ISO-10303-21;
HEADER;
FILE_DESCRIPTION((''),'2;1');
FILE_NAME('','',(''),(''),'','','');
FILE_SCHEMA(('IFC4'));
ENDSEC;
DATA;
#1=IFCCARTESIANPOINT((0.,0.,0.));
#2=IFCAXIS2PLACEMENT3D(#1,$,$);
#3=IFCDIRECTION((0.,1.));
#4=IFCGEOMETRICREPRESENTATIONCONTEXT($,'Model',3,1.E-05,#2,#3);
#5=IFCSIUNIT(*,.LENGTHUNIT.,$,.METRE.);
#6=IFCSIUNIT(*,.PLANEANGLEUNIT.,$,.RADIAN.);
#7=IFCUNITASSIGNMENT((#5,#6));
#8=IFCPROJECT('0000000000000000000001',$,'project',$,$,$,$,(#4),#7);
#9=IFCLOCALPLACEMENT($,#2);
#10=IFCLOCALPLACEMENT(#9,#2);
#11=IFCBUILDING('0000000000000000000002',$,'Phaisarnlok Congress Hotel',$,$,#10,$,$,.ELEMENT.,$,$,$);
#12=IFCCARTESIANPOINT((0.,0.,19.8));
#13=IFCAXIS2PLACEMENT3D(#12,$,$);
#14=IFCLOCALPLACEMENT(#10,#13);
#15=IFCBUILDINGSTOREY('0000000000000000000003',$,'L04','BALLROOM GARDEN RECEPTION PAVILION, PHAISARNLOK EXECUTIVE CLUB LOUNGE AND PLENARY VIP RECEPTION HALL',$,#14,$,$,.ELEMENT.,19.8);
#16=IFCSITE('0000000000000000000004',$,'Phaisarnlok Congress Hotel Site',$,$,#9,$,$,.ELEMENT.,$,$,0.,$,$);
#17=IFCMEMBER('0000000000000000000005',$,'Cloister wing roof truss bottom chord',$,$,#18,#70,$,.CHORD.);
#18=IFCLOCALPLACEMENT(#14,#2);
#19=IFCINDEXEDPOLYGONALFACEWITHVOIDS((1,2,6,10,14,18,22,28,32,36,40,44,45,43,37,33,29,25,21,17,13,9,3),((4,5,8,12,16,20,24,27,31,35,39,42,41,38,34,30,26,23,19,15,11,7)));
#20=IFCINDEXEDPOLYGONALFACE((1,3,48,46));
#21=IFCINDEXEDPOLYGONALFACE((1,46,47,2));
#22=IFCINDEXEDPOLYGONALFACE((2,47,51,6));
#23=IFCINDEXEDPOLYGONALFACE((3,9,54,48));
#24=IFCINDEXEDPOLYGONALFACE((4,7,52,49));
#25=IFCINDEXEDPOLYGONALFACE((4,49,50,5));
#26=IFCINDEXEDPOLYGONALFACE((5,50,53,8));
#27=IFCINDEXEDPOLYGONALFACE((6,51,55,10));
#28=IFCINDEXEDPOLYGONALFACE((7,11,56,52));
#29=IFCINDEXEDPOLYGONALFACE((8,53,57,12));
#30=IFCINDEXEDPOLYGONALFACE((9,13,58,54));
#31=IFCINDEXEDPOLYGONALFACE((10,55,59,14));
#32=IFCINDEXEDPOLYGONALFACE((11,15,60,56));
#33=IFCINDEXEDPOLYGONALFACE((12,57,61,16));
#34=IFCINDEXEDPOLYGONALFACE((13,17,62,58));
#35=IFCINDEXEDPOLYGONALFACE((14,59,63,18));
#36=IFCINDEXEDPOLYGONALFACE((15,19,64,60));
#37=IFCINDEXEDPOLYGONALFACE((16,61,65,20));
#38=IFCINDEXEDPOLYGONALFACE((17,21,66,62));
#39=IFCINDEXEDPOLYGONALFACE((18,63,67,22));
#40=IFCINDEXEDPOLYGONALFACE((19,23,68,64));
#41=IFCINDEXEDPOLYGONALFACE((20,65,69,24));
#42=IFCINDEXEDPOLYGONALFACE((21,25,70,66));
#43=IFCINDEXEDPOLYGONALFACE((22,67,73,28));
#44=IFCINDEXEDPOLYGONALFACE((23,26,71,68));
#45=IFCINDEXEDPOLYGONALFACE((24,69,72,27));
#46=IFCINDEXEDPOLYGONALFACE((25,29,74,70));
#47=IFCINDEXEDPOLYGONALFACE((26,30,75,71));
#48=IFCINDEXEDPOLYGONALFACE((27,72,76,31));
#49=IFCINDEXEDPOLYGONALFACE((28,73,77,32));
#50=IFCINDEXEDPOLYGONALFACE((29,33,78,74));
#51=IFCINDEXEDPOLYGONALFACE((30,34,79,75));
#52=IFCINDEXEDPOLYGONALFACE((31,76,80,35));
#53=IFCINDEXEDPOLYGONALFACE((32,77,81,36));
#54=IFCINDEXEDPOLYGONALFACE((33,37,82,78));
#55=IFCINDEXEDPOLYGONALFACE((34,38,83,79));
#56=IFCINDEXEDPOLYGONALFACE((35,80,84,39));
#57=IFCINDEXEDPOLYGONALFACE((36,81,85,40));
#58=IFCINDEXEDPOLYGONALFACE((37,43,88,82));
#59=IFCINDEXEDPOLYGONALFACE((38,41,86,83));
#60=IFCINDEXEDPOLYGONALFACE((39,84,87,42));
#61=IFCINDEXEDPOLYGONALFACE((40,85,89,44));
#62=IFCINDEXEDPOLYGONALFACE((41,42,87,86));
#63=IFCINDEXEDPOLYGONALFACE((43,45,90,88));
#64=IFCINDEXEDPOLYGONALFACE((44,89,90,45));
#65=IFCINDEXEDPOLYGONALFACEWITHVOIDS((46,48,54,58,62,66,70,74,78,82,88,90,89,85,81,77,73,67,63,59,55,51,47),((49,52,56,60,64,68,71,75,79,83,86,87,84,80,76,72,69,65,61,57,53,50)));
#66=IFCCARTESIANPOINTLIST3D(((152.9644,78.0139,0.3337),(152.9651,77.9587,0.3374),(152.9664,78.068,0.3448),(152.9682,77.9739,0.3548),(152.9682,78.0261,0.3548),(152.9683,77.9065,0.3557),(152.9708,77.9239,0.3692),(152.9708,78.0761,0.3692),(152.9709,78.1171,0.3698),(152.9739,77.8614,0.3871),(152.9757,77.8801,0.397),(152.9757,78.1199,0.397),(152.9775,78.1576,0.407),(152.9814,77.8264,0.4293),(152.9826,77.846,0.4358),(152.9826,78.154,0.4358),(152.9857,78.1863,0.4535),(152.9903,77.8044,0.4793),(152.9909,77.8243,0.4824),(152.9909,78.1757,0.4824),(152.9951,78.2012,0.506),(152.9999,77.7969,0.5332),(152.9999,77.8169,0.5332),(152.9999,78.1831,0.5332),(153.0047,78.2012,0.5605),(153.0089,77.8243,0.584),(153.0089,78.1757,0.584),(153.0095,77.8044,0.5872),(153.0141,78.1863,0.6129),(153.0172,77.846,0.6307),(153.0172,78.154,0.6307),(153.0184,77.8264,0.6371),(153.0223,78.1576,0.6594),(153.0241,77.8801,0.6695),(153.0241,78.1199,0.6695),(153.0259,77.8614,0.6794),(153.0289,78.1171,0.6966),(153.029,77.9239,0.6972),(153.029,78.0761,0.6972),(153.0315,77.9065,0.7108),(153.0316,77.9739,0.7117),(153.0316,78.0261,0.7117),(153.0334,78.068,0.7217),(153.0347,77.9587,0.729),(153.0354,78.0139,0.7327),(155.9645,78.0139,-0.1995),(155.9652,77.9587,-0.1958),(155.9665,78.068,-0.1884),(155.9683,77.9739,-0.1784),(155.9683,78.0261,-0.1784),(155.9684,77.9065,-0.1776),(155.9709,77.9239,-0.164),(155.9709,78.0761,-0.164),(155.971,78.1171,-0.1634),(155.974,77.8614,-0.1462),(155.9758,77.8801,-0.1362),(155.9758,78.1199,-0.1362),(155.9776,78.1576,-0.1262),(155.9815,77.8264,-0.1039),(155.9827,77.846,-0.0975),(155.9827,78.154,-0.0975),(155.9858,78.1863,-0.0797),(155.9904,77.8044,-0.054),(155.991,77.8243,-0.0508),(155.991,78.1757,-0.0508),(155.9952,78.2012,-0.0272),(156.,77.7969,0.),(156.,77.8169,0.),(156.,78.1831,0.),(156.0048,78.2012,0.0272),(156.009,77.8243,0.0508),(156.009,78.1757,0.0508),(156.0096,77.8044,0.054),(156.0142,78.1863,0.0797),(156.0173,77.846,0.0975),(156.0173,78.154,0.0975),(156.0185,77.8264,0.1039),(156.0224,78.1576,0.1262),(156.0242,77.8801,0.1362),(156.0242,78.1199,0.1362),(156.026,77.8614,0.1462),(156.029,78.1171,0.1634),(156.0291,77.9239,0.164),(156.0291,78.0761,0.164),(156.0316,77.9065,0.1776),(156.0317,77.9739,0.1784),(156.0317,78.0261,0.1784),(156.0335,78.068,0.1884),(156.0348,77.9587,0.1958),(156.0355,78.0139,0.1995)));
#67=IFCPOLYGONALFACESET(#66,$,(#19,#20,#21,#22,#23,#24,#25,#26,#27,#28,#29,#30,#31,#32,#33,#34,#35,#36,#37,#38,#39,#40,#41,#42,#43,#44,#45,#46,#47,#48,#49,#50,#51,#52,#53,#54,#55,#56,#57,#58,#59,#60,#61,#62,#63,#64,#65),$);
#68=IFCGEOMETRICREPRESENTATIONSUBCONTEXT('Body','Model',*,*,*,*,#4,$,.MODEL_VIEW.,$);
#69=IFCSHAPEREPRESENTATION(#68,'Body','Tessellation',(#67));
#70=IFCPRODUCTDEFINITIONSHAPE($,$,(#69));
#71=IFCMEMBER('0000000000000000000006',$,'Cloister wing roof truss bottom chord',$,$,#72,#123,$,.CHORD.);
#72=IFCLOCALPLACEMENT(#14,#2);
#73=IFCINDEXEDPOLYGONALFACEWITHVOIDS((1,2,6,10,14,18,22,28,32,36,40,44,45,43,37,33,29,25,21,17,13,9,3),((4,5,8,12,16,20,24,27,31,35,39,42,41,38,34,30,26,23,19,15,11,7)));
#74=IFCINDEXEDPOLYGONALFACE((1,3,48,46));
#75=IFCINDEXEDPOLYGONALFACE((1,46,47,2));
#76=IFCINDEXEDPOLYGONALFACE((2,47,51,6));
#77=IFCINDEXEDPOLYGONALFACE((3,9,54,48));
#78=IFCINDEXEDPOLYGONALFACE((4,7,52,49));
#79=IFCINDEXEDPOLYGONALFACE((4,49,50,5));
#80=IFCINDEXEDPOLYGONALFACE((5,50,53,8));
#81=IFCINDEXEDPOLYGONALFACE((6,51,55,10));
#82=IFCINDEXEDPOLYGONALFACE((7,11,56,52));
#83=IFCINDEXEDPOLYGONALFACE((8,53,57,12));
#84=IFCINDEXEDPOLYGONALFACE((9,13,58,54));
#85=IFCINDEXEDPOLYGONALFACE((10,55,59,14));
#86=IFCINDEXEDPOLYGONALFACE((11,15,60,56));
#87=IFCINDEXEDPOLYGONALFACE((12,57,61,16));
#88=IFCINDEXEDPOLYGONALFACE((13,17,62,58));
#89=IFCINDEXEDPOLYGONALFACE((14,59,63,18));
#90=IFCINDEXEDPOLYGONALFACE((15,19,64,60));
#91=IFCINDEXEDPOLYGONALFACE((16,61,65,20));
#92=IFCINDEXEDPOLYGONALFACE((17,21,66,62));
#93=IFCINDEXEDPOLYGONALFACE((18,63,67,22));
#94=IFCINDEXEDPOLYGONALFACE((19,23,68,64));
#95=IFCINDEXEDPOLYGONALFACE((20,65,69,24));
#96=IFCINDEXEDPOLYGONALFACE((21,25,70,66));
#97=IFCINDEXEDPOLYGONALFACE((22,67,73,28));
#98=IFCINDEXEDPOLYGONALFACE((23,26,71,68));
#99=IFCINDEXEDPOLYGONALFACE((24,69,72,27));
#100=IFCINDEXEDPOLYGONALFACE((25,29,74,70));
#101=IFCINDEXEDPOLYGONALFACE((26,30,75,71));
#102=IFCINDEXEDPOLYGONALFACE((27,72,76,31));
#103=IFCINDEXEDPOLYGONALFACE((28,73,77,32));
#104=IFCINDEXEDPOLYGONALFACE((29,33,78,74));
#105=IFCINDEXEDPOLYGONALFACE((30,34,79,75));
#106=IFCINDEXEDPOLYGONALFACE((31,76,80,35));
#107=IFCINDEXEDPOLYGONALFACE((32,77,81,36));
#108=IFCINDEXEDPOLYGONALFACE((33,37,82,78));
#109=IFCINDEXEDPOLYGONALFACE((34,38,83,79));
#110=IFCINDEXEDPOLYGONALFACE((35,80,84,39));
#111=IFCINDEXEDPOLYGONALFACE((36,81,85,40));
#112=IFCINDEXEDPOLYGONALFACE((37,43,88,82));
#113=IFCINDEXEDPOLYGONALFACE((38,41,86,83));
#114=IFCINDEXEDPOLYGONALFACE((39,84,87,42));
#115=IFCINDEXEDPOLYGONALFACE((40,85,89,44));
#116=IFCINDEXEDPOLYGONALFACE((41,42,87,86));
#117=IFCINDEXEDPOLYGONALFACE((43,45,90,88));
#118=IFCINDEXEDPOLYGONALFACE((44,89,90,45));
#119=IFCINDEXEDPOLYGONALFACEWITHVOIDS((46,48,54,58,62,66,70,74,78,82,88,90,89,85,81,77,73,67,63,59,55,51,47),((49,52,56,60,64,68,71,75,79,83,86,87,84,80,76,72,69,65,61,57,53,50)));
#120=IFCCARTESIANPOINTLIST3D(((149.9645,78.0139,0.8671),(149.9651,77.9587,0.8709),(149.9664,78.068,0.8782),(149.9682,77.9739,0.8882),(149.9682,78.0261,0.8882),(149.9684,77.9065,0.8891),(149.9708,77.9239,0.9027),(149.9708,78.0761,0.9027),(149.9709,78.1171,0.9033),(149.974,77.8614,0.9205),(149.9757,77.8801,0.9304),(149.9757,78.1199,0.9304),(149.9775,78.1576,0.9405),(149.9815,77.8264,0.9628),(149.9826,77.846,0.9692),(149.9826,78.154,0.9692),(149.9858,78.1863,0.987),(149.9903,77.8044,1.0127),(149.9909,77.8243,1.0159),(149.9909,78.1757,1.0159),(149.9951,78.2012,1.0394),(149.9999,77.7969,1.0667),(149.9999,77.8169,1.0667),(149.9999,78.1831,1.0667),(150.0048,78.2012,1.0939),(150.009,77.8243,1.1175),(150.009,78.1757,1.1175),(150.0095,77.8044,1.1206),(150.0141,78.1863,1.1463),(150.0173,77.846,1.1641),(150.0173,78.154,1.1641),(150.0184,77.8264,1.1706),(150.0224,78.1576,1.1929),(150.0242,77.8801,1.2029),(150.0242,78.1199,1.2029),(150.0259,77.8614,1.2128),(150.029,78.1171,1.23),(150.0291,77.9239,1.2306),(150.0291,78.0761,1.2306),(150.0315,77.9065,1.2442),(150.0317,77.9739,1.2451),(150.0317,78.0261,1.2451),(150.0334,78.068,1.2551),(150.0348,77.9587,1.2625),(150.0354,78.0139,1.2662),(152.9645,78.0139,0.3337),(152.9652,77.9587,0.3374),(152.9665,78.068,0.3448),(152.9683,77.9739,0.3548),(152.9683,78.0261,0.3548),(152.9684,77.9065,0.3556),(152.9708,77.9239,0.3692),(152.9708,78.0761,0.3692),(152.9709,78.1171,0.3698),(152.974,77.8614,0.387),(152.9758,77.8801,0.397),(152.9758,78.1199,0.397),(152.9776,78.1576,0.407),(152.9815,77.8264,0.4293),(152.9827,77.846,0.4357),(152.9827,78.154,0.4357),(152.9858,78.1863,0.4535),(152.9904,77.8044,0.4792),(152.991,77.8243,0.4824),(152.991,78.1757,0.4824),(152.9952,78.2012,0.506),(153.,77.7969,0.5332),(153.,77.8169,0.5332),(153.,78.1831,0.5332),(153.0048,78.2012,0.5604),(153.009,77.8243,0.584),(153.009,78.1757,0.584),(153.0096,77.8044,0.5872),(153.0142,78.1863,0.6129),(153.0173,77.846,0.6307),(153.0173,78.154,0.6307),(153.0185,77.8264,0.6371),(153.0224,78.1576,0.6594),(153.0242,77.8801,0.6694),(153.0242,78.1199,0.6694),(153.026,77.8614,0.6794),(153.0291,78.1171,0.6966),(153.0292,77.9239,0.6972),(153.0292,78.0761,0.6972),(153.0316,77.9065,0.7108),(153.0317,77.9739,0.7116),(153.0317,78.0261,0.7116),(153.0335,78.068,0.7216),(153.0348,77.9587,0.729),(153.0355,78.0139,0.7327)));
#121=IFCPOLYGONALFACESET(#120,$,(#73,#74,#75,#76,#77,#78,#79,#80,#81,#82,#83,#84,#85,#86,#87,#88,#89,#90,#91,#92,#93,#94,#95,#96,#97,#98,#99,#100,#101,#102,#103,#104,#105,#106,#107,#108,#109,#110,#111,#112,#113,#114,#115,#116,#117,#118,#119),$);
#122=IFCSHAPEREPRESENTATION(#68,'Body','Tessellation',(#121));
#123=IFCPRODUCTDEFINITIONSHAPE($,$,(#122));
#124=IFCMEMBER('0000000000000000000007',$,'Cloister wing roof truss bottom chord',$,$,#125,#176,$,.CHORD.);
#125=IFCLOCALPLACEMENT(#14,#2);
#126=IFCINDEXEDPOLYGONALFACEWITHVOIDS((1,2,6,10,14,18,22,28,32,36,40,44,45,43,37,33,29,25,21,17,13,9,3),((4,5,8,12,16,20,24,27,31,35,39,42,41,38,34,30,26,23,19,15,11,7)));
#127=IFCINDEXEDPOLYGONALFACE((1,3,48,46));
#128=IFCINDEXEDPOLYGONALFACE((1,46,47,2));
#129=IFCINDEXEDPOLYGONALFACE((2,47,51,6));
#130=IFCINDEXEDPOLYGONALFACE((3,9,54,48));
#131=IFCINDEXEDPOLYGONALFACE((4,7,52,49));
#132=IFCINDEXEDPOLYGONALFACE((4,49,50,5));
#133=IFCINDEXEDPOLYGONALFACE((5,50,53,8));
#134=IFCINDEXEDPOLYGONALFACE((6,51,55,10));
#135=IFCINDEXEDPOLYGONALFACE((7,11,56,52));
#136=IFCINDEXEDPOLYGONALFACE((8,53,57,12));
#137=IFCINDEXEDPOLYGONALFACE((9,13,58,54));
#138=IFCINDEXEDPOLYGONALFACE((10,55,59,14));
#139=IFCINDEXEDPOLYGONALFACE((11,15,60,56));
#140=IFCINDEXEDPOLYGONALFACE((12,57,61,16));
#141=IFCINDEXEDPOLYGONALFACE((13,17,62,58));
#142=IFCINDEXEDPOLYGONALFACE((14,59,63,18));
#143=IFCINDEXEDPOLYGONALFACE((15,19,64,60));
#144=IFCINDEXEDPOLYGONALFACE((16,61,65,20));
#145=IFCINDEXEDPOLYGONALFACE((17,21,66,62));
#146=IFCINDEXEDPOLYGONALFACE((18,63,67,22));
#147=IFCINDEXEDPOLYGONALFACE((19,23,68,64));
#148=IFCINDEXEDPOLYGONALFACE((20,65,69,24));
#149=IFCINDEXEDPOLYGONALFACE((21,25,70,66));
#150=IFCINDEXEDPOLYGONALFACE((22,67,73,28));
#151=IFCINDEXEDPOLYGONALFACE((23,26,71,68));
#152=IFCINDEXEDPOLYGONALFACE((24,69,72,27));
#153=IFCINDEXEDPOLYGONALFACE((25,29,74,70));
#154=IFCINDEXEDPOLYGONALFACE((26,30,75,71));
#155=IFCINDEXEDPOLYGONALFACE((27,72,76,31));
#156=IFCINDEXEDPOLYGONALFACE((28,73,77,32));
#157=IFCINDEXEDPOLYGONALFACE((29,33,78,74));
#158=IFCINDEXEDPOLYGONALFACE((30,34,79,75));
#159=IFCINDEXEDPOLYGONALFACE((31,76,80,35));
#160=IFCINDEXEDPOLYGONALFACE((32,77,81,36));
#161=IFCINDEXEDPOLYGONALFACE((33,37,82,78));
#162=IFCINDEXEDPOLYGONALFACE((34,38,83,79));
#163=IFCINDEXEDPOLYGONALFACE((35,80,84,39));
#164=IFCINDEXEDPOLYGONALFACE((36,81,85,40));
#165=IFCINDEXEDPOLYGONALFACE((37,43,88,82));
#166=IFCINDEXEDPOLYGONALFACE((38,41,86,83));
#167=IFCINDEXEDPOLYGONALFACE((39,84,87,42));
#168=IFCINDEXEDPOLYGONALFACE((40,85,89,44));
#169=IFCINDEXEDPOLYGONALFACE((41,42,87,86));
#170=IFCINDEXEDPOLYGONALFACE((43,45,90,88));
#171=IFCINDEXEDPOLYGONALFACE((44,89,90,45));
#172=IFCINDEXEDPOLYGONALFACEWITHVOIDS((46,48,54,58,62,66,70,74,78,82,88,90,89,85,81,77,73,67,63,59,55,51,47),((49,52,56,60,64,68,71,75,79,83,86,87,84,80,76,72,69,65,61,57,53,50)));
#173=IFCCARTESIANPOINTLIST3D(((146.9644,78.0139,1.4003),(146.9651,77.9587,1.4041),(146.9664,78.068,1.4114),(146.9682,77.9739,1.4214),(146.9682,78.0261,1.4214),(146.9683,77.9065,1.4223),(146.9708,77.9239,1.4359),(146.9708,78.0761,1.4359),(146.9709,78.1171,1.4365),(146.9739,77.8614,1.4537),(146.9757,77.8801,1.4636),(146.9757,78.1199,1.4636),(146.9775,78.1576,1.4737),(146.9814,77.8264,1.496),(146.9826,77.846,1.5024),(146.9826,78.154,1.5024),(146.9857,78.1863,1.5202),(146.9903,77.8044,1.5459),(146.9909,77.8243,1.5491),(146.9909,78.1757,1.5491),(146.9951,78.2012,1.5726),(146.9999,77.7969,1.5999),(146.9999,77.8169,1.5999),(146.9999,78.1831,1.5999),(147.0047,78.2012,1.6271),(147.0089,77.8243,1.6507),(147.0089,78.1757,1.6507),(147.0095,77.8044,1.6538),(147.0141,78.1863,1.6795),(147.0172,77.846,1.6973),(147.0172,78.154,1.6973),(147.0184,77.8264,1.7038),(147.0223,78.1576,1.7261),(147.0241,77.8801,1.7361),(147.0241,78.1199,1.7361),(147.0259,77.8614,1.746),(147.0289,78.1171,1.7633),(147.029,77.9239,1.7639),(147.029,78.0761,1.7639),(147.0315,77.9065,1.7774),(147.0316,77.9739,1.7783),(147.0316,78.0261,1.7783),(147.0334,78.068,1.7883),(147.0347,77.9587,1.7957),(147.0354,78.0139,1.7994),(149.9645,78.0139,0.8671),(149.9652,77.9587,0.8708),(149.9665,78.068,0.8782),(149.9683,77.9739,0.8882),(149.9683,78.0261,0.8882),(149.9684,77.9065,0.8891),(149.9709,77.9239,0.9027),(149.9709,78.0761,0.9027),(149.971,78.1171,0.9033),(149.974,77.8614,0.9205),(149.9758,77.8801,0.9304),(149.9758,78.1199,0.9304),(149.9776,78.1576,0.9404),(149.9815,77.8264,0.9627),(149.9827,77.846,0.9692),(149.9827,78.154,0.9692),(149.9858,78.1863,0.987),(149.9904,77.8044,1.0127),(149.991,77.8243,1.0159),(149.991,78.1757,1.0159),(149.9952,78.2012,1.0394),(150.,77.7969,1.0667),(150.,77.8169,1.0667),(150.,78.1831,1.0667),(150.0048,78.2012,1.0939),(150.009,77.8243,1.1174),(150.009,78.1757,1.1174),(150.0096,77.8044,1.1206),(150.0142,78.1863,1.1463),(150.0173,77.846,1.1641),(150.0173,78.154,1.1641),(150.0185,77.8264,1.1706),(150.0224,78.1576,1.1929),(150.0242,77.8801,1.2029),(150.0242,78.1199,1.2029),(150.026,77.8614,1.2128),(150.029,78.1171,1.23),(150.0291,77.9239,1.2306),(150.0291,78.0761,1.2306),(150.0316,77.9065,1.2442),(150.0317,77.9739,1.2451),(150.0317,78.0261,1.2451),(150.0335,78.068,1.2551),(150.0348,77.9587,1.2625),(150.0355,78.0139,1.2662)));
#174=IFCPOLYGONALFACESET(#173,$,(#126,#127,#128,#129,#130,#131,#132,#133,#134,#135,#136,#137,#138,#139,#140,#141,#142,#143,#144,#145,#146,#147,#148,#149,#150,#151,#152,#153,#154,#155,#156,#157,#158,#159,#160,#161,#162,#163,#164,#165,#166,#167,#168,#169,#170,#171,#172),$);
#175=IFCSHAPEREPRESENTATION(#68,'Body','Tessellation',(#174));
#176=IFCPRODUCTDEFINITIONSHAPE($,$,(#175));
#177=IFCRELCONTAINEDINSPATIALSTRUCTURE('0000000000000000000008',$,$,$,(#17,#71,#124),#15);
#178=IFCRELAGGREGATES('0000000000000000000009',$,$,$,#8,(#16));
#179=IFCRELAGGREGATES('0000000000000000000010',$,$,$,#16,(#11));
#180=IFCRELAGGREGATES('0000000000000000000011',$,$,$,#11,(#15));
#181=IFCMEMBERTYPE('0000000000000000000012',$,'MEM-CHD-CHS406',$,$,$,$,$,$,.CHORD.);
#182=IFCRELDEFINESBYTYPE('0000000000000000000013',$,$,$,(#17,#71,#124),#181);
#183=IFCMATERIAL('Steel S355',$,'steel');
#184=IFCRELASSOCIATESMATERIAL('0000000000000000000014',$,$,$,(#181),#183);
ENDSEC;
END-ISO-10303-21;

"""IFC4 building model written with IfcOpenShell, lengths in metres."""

from ifc_helpers import new_model, si_unit, direction, frame, origin, origin_2d, place, context, subcontext, project, spatial, hollow_circle, extrude, material, material_profile, profile_set, type_object, element, save


model = new_model("IFC4")

# Units and contexts
model_context = context("Model", 3, precision=1e-05, world=origin(), true_north=direction((0.0, 1.0)))
body_context = subcontext(model_context, "Body", "Model", "MODEL_VIEW")
ifc_project = project(units=[si_unit("LENGTHUNIT", "METRE"), si_unit("PLANEANGLEUNIT", "RADIAN")], contexts=[model_context])

# Site, building, storey
site_placement = place(None, origin())
site = spatial("IfcSite", under=ifc_project, at=site_placement, Name="Phaisarnlok Congress Hotel Site", CompositionType="ELEMENT", RefElevation=0.0)
building_placement = place(site_placement, origin())
building = spatial("IfcBuilding", under=site, at=building_placement, Name="Phaisarnlok Congress Hotel", CompositionType="ELEMENT")
storey_placement = place(building_placement, frame((0.0, 0.0, 19.8)))
storey = spatial("IfcBuildingStorey", under=building, at=storey_placement, Name="L04", Description="BALLROOM GARDEN RECEPTION PAVILION, PHAISARNLOK EXECUTIVE CLUB LOUNGE AND PLENARY VIP RECEPTION HALL", CompositionType="ELEMENT", Elevation=19.8)

# Shared definitions
ifc_material_1 = material(Name="Steel S355", Category="steel")

# Members
ifc_material_profile_1 = material_profile(ifc_material_1, hollow_circle(Radius=0.2031, WallThickness=0.02, at=origin_2d()), Name="CHS 406.4x20")
ifc_profile_set_1 = profile_set([ifc_material_profile_1], Name="Steel S355")
member_type_1 = type_object("IfcMemberType", Name="MEM-CHD-CHS406", PredefinedType="CHORD", material=ifc_profile_set_1)
for number, where, z_axis, x_axis, name in (
    (1, (156.0, 78.0, 0.0), (-0.98457, 0.0, 0.174992), (0.0, -1.0, 0.0), "Cloister wing roof truss bottom chord"),
    (2, (153.0, 78.0, 0.5332), (-0.984556, 0.0, 0.17507), (0.0, -1.0, 0.0), "Cloister wing roof truss bottom chord"),
    (3, (150.0, 78.0, 1.0667), (-0.98457, 0.0, 0.174992), (0.0, -1.0, 0.0), "Cloister wing roof truss bottom chord"),
):
    element("IfcMember", number, at=place(storey_placement, frame(where, z_axis=z_axis, x_axis=x_axis)), inside=storey, type_object=member_type_1, Name=name, PredefinedType="CHORD", context=body_context, shape_type="SweptSolid", body=[
        extrude(hollow_circle(Radius=0.2031, WallThickness=0.02, at=origin_2d()), origin(), (0.0, 0.0, 1.0), 3.0471),
    ])

save(model, "model.ifc")
